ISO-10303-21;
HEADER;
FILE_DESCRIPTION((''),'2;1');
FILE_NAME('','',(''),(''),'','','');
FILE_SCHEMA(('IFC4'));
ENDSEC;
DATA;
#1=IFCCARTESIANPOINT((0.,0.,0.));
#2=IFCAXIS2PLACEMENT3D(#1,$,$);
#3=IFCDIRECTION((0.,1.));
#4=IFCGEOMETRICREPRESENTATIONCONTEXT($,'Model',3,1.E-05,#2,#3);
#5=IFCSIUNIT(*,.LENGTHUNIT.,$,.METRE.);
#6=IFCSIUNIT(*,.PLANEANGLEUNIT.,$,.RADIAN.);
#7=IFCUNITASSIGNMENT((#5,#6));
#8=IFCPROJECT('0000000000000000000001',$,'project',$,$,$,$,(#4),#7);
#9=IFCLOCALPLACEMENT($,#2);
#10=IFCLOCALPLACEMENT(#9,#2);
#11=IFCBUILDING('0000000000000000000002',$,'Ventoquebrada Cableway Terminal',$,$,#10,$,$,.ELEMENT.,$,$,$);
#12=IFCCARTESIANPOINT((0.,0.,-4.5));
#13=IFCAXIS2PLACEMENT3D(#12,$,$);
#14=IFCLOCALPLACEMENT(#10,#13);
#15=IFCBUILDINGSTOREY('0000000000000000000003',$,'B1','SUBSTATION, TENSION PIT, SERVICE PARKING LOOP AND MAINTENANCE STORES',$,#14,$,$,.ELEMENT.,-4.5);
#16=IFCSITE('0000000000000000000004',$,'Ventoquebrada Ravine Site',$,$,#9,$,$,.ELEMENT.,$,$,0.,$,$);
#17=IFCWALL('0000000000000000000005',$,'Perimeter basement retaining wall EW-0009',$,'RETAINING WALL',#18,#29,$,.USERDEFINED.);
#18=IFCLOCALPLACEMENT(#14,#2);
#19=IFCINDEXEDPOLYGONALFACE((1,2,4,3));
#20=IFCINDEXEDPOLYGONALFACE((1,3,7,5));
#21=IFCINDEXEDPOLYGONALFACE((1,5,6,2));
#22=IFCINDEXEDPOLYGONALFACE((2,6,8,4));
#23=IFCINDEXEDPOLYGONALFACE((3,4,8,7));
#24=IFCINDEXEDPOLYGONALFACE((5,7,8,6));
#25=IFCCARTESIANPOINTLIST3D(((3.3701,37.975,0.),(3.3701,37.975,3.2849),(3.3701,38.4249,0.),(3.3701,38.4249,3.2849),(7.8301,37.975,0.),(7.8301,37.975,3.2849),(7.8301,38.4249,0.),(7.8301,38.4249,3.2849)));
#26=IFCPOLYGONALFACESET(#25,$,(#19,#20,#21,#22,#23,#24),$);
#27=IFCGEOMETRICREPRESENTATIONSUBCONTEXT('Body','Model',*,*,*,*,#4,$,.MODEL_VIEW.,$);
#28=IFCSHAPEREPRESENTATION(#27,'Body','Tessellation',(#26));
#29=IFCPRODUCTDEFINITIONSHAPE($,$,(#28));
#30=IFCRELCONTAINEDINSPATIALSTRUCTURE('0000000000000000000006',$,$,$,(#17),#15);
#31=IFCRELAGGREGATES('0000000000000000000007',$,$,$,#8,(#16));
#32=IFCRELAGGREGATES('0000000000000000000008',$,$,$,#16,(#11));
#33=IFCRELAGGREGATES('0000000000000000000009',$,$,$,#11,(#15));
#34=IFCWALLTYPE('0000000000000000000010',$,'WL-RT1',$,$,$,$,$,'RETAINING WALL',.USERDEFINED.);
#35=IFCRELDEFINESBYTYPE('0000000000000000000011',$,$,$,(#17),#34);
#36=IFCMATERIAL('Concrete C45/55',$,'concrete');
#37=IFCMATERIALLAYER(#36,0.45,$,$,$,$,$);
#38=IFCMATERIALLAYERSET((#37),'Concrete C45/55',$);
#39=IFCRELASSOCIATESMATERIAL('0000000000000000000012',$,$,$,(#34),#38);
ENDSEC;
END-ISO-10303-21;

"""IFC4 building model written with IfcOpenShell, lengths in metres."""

from ifc_helpers import new_model, si_unit, direction, frame, frame_2d, origin, place, context, subcontext, project, spatial, rectangle, extrude, material, layer, layer_set, type_object, element, save


model = new_model("IFC4")

# Units and contexts
model_context = context("Model", 3, precision=1e-05, world=origin(), true_north=direction((0.0, 1.0)))
body_context = subcontext(model_context, "Body", "Model", "MODEL_VIEW")
ifc_project = project(units=[si_unit("LENGTHUNIT", "METRE"), si_unit("PLANEANGLEUNIT", "RADIAN")], contexts=[model_context])

# Site, building, storey
site_placement = place(None, origin())
site = spatial("IfcSite", under=ifc_project, at=site_placement, Name="Ventoquebrada Ravine Site", CompositionType="ELEMENT", RefElevation=0.0)
building_placement = place(site_placement, origin())
building = spatial("IfcBuilding", under=site, at=building_placement, Name="Ventoquebrada Cableway Terminal", CompositionType="ELEMENT")
storey_placement = place(building_placement, frame((0.0, 0.0, -4.5)))
storey = spatial("IfcBuildingStorey", under=building, at=storey_placement, Name="B1", Description="SUBSTATION, TENSION PIT, SERVICE PARKING LOOP AND MAINTENANCE STORES", CompositionType="ELEMENT", Elevation=-4.5)

# Wall
ifc_material_1 = material(Name="Concrete C45/55", Category="concrete")
ifc_layer = layer(ifc_material_1, 0.45)
ifc_layer_set = layer_set([ifc_layer], Name="Concrete C45/55")
wall_type = type_object("IfcWallType", Name="WL-RT1", ElementType="RETAINING WALL", PredefinedType="USERDEFINED", material=ifc_layer_set)
wall_1_placement = place(storey_placement, frame((7.8301, 38.2, 0.0), z_axis=(0.0, 0.0, 1.0), x_axis=(-1.0, 0.0, 0.0)))
element("IfcWall", 1, at=wall_1_placement, inside=storey, type_object=wall_type, Name="Perimeter basement retaining wall EW-0009", ObjectType="RETAINING WALL", PredefinedType="USERDEFINED", context=body_context, shape_type="SweptSolid", body=[
    extrude(rectangle(XDim=4.46, YDim=0.45, at=frame_2d((2.23, 0.0))), origin(), (0.0, 0.0, 1.0), 3.2849),
])

save(model, "model.ifc")
